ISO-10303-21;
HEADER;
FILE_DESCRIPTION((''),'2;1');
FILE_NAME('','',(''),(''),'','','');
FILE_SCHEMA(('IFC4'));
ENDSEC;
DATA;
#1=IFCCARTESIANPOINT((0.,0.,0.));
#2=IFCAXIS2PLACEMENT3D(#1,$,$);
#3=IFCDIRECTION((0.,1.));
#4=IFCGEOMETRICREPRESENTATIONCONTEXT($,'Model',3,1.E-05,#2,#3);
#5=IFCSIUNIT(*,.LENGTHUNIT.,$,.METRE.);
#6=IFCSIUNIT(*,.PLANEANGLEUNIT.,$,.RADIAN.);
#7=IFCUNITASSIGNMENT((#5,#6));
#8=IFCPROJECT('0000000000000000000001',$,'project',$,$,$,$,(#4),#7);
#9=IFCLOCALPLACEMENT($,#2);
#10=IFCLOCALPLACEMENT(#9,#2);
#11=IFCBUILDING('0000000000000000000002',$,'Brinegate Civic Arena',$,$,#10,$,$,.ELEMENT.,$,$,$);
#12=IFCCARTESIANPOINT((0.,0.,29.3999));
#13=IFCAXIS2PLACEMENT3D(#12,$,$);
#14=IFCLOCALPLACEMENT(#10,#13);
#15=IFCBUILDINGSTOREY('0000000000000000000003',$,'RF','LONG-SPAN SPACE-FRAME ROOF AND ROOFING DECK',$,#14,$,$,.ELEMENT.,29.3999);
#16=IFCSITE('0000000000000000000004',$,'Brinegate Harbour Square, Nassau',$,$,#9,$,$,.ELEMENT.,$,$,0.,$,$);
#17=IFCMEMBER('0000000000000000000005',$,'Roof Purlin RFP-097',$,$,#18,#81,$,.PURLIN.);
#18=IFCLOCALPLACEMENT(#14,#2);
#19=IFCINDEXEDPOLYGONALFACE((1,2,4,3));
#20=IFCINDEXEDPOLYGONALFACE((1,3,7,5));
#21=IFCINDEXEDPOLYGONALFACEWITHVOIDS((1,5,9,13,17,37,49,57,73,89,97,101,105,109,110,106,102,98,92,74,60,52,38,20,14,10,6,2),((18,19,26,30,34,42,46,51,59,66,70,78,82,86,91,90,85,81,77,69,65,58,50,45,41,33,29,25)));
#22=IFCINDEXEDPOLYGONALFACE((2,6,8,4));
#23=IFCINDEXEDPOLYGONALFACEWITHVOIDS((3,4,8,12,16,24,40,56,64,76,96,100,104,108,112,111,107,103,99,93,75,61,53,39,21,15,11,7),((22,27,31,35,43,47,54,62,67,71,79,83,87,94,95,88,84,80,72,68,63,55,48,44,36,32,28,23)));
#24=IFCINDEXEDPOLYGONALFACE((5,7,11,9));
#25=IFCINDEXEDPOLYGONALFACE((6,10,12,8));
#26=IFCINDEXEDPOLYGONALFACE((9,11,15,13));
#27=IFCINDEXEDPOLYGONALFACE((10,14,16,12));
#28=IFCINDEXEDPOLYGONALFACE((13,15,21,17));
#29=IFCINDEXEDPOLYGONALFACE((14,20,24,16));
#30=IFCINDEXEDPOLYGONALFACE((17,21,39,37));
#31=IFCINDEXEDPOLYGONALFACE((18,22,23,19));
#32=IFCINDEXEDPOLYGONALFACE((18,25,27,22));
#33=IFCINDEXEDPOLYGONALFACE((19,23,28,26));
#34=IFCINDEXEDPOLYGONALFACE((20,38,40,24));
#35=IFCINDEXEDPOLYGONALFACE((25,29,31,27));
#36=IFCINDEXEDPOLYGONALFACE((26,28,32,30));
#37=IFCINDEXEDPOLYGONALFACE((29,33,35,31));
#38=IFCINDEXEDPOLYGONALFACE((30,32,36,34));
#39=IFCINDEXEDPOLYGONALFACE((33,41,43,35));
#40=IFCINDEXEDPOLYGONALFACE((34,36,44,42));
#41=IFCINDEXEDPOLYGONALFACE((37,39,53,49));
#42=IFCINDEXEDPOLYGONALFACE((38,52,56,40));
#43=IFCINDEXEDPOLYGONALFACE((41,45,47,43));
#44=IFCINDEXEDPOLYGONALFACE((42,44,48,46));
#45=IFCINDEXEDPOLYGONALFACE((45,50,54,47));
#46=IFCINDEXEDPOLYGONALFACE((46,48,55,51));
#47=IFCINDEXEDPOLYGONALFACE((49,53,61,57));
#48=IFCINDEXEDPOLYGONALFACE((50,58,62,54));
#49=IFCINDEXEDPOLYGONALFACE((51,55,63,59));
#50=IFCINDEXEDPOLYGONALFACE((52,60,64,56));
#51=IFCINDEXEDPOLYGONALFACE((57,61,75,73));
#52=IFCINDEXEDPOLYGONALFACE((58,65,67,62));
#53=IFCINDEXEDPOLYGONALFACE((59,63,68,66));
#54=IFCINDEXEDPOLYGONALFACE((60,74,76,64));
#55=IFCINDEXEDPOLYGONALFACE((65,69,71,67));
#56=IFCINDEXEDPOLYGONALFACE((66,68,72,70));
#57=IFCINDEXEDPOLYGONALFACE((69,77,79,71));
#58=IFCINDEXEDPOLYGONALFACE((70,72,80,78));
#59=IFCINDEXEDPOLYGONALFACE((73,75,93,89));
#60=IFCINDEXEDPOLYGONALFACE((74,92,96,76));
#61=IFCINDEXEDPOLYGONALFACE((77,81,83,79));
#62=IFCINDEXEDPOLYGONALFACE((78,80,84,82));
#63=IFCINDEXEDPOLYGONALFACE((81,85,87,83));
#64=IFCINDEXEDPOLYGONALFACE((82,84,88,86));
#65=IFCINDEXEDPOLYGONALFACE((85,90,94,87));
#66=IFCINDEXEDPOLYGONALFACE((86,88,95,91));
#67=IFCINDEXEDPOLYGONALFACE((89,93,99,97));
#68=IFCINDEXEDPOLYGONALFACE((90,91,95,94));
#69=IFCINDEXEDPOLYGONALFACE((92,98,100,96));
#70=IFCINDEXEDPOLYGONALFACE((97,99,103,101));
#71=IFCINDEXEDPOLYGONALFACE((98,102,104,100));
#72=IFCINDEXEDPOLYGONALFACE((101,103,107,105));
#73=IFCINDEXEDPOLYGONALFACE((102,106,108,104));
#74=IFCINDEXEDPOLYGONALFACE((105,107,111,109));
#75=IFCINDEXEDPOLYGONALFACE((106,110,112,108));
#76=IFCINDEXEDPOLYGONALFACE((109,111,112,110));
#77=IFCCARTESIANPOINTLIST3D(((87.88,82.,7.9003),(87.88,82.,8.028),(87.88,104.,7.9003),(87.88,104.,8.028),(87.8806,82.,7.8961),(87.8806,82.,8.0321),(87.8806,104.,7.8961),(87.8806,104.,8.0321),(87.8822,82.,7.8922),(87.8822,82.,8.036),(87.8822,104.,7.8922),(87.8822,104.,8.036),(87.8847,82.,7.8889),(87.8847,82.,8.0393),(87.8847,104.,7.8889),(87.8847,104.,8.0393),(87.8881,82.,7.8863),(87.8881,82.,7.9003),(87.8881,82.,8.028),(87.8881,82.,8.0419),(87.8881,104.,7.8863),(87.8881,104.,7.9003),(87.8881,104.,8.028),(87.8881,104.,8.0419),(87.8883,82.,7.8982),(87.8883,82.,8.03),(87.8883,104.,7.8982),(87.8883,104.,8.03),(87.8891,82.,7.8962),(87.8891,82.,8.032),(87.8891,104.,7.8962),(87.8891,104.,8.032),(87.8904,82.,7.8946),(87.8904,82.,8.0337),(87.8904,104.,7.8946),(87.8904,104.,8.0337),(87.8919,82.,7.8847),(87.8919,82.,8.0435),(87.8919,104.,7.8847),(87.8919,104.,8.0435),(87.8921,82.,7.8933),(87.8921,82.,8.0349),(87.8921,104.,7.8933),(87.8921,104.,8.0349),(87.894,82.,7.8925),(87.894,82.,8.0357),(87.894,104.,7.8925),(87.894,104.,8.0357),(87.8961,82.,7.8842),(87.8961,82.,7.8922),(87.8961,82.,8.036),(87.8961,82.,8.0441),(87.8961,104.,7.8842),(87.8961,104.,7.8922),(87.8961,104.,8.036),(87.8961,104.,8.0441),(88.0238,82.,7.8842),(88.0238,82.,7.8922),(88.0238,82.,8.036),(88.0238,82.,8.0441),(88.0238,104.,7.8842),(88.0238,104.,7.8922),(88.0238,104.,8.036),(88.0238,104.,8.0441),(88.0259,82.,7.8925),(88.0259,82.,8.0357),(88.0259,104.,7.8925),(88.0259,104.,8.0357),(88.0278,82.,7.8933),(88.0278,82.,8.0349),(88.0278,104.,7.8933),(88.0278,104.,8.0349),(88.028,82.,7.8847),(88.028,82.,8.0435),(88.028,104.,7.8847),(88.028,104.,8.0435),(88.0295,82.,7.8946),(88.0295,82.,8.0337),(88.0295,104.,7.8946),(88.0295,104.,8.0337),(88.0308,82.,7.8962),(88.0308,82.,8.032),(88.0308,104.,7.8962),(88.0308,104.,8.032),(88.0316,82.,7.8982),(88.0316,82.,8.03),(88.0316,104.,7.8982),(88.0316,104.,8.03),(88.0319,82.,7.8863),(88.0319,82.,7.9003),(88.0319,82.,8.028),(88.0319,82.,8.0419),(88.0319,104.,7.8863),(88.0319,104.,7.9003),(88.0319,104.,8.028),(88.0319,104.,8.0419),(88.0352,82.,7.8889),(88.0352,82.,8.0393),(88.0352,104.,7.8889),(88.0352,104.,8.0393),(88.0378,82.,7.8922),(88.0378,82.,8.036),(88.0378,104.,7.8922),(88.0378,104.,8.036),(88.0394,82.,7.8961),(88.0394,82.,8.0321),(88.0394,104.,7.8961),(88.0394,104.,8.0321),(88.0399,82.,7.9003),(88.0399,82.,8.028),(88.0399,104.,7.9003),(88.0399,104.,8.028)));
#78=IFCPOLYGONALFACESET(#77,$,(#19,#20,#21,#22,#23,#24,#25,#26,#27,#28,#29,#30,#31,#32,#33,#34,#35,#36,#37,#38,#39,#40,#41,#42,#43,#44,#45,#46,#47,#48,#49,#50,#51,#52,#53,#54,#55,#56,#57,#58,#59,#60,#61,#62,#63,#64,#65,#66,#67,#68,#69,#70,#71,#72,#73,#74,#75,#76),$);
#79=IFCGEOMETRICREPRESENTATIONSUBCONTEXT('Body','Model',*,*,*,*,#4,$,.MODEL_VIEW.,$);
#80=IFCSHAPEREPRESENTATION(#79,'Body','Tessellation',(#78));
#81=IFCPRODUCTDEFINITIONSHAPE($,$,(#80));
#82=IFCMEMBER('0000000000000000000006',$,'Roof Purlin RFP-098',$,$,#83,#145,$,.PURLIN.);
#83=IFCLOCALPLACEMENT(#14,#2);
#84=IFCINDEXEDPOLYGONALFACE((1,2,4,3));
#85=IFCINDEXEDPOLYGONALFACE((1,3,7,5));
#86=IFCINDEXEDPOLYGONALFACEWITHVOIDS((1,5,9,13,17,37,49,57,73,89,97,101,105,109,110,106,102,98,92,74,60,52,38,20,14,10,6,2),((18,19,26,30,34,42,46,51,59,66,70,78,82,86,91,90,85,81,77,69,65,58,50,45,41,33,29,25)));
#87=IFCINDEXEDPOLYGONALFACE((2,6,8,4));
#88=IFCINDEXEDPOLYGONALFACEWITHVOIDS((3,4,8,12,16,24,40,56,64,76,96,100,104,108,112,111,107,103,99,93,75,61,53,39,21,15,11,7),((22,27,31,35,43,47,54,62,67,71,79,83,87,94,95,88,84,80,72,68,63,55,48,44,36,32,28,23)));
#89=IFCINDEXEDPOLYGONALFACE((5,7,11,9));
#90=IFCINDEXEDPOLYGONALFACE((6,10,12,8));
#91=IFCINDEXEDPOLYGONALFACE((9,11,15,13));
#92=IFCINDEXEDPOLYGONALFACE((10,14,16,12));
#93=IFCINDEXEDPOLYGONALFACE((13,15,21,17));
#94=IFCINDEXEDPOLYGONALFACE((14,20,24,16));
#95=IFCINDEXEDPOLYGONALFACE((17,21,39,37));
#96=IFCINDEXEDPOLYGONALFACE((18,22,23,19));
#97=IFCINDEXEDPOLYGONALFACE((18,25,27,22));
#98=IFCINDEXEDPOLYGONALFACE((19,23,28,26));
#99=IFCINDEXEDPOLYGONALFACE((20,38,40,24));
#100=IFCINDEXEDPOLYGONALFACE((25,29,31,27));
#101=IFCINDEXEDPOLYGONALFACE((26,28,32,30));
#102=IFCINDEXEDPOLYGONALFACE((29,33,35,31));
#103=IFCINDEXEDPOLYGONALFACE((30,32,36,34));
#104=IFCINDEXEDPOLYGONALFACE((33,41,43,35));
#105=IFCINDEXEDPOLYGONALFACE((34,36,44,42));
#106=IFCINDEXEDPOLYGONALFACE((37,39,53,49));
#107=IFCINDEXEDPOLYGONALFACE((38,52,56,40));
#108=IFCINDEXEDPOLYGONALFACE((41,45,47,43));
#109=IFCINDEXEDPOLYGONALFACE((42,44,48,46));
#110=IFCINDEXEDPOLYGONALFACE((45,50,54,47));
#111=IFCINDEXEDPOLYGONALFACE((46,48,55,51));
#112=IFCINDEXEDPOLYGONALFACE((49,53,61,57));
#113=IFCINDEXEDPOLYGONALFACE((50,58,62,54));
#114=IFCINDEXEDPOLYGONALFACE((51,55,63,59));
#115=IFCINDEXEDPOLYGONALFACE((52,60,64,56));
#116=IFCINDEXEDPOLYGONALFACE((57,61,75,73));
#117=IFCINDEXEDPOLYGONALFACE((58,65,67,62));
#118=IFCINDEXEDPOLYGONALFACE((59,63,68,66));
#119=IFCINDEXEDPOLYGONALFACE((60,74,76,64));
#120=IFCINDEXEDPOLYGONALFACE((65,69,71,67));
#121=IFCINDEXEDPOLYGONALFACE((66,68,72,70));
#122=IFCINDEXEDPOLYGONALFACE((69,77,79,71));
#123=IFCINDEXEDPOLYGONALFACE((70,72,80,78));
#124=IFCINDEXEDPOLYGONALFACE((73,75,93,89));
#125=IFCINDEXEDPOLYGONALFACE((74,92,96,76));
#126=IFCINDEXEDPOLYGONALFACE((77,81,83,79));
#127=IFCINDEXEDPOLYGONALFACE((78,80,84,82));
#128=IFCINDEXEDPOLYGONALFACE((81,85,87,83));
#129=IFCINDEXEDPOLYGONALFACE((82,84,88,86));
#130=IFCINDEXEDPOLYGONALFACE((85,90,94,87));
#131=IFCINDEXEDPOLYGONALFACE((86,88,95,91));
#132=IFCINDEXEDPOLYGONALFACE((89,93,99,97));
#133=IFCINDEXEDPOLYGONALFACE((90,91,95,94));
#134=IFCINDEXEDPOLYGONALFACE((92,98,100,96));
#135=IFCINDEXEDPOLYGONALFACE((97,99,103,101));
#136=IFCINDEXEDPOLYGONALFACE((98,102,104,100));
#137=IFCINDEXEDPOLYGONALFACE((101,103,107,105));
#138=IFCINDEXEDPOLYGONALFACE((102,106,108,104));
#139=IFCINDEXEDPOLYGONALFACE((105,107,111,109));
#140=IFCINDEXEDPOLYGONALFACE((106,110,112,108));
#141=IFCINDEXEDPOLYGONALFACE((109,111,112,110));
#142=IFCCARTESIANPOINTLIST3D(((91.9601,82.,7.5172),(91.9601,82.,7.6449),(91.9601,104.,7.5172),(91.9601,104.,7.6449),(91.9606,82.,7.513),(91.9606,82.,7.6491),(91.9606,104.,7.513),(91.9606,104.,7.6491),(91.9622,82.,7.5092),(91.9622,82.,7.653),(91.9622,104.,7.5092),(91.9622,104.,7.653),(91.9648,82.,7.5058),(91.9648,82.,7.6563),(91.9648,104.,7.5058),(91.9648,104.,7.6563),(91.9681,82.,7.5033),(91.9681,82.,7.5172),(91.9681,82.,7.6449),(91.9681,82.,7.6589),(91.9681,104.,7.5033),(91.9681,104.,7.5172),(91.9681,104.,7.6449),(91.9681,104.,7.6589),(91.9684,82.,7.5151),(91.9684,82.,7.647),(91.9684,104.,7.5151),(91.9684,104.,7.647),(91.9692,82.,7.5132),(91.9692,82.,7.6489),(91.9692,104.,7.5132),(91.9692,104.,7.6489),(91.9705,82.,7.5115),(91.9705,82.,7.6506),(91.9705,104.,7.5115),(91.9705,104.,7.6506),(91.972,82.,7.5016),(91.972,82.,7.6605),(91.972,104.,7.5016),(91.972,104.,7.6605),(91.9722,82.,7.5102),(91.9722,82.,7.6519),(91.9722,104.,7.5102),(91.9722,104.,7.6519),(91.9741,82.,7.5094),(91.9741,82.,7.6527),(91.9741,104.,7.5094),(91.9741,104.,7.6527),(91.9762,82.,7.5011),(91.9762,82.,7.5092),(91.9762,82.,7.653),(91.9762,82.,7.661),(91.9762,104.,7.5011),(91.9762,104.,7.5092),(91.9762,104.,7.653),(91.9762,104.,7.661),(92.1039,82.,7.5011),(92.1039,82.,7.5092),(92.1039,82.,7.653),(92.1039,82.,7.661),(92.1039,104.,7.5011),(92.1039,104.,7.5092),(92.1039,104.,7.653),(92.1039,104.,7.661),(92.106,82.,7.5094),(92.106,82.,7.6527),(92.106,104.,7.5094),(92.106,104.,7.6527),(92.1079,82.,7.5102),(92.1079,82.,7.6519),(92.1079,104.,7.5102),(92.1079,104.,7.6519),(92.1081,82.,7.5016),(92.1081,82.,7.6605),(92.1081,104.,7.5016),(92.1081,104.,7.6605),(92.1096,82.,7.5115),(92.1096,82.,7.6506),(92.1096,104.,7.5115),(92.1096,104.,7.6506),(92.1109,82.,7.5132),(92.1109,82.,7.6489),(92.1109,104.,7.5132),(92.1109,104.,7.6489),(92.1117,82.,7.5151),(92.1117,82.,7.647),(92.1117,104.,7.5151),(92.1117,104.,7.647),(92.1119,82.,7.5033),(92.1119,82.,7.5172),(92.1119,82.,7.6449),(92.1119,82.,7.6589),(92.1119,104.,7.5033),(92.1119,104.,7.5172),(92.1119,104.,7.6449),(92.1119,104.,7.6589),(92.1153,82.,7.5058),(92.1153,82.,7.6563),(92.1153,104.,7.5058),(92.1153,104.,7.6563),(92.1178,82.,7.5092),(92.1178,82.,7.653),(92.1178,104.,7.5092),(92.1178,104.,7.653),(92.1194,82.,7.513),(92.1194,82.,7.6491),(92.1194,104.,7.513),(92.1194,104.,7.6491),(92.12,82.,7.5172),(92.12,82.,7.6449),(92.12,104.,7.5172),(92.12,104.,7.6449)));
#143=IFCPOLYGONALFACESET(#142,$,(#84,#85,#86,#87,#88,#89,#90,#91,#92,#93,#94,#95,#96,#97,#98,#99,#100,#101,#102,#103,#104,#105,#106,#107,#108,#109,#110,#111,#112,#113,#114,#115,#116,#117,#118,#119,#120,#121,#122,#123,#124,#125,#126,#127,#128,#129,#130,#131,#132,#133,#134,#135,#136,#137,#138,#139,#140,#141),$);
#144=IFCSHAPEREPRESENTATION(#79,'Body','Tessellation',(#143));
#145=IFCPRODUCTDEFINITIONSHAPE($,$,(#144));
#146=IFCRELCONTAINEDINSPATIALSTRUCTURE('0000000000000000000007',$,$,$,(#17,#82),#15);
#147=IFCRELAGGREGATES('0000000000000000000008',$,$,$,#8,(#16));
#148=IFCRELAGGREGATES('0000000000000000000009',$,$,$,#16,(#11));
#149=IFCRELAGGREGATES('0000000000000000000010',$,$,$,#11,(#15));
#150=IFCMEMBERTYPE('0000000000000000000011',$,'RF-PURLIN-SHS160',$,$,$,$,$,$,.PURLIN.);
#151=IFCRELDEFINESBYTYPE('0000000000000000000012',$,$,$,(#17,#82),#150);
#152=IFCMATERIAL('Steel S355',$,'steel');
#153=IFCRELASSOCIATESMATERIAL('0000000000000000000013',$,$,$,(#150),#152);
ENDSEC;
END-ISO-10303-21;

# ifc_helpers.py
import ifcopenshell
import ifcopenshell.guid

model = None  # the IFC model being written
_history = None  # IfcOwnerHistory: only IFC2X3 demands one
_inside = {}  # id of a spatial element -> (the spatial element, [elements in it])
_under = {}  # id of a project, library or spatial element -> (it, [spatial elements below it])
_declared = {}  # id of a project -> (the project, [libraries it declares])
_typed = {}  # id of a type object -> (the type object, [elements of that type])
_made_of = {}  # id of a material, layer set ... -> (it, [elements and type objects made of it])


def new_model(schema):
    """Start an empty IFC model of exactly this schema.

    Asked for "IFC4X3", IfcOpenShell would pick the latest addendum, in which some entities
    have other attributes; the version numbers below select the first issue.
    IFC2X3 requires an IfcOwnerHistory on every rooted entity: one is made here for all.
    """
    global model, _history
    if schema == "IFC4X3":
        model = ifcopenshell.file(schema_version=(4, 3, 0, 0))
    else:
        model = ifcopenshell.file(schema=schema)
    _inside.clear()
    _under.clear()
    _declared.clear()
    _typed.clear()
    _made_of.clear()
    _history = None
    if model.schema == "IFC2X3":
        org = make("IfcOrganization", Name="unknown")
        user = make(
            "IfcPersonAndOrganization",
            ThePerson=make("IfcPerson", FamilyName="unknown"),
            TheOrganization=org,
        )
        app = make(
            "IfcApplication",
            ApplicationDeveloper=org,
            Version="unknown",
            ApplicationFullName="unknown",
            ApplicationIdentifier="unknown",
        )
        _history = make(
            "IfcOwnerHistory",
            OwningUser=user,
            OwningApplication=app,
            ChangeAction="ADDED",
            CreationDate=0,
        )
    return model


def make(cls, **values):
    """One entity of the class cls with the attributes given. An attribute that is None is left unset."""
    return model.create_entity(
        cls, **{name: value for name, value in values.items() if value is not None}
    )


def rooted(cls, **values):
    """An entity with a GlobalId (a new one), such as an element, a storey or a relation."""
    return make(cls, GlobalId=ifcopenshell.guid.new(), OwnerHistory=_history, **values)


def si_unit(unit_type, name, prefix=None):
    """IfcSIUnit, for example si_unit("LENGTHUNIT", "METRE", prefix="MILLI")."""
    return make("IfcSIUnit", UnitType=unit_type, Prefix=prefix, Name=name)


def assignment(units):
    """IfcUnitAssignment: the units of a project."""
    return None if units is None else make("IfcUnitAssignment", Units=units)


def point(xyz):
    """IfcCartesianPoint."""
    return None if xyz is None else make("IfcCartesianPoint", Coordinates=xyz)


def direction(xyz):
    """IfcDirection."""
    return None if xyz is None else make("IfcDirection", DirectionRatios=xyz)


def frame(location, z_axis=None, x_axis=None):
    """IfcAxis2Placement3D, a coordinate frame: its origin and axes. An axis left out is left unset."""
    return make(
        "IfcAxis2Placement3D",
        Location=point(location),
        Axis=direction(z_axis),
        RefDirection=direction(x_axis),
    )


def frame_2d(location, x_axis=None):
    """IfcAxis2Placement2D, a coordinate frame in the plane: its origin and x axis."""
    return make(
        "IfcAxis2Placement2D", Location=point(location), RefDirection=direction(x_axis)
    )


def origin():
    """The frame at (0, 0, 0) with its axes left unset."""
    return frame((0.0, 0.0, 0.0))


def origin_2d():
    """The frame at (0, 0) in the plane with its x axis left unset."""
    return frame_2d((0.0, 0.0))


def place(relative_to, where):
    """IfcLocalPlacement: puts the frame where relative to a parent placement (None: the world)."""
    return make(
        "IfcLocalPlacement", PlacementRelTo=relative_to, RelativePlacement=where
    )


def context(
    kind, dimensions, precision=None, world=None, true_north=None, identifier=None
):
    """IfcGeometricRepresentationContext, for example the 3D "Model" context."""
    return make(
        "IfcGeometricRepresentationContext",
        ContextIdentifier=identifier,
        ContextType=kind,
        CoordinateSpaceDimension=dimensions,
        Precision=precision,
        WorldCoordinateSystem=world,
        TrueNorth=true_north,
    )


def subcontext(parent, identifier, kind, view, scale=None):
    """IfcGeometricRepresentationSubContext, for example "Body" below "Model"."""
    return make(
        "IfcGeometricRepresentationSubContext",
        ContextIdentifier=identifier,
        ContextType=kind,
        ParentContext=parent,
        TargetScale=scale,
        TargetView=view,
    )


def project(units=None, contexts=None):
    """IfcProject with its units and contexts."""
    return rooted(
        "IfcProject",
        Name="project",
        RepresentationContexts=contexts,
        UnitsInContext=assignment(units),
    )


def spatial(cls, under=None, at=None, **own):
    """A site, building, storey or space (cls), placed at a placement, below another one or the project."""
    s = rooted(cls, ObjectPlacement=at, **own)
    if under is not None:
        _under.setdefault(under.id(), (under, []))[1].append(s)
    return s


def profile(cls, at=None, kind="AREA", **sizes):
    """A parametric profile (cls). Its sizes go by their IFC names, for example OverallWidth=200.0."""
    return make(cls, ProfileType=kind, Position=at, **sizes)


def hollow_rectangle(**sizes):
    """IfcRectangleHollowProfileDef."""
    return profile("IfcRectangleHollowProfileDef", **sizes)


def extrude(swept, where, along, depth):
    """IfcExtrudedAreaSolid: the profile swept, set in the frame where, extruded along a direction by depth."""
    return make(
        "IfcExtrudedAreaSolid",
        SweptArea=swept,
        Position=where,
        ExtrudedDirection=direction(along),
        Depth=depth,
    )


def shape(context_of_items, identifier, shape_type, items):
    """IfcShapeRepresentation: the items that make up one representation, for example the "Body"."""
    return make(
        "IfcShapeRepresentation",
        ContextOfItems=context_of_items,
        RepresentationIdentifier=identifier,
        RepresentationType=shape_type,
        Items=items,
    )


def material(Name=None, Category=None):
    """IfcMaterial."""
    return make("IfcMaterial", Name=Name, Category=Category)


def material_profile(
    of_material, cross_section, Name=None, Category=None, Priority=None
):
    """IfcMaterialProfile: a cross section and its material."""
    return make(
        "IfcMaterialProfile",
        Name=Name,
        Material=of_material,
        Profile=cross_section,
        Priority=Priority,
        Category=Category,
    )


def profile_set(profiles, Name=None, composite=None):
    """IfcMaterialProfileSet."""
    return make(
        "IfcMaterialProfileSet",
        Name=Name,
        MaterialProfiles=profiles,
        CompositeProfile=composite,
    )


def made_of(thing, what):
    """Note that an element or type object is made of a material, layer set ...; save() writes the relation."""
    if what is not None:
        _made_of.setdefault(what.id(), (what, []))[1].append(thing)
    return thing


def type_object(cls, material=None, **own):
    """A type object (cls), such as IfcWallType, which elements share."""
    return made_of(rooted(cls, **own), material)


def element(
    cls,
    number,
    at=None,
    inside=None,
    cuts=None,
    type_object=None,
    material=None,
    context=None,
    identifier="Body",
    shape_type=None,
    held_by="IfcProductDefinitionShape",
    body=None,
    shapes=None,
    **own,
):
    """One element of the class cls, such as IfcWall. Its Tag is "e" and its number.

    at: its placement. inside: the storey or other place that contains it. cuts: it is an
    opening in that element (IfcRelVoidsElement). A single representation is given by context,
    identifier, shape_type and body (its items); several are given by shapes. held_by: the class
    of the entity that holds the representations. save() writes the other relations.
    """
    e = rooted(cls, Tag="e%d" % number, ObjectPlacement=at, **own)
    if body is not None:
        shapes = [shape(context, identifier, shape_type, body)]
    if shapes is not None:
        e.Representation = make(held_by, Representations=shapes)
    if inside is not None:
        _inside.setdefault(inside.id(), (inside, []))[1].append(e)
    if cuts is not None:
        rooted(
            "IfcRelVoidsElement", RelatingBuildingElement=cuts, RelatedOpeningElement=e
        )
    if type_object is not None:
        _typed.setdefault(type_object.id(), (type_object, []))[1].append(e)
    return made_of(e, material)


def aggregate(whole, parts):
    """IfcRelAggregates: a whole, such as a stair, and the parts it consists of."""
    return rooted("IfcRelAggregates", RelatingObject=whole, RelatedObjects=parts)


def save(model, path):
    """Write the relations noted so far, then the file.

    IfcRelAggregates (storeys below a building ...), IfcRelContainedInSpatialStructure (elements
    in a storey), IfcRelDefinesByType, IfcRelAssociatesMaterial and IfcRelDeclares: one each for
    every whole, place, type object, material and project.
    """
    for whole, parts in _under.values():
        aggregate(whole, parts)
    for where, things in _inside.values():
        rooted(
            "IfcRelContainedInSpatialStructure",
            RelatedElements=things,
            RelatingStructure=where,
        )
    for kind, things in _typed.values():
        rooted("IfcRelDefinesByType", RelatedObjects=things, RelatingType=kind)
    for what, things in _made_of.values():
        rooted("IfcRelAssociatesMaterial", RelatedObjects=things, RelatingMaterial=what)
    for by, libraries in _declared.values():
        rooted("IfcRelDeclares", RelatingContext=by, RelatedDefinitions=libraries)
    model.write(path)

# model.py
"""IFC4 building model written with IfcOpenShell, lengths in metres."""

from ifc_helpers import new_model, si_unit, direction, frame, origin, origin_2d, place, context, subcontext, project, spatial, hollow_rectangle, extrude, material, material_profile, profile_set, type_object, element, save


model = new_model("IFC4")

# Units and contexts
model_context = context("Model", 3, precision=1e-05, world=origin(), true_north=direction((0.0, 1.0)))
body_context = subcontext(model_context, "Body", "Model", "MODEL_VIEW")
ifc_project = project(units=[si_unit("LENGTHUNIT", "METRE"), si_unit("PLANEANGLEUNIT", "RADIAN")], contexts=[model_context])

# Site, building, storey
site_placement = place(None, origin())
site = spatial("IfcSite", under=ifc_project, at=site_placement, Name="Brinegate Harbour Square, Nassau", CompositionType="ELEMENT", RefElevation=0.0)
building_placement = place(site_placement, origin())
building = spatial("IfcBuilding", under=site, at=building_placement, Name="Brinegate Civic Arena", CompositionType="ELEMENT")
storey_placement = place(building_placement, frame((0.0, 0.0, 29.3999)))
storey = spatial("IfcBuildingStorey", under=building, at=storey_placement, Name="RF", Description="LONG-SPAN SPACE-FRAME ROOF AND ROOFING DECK", CompositionType="ELEMENT", Elevation=29.3999)

# Members
ifc_material = material(Name="Steel S355", Category="steel")
ifc_material_profile_1 = material_profile(ifc_material, hollow_rectangle(XDim=0.1599, YDim=0.1599, WallThickness=0.0081, InnerFilletRadius=0.0081, OuterFilletRadius=0.0161, at=origin_2d()), Name="SHS160X8")
ifc_profile_set_1 = profile_set([ifc_material_profile_1], Name="Steel S355")
member_type_1 = type_object("IfcMemberType", Name="RF-PURLIN-SHS160", PredefinedType="PURLIN", material=ifc_profile_set_1)
for number, where, z_axis, x_axis, name in (
    (1, (87.96, 82.0, 7.9641), (0.0, 1.0, 0.0), (-1.0, 0.0, 0.0), "Roof Purlin RFP-097"),
    (2, (92.04, 82.0, 7.5811), (0.0, 1.0, 0.0), (-1.0, 0.0, 0.0), "Roof Purlin RFP-098"),
):
    element("IfcMember", number, at=place(storey_placement, frame(where, z_axis=z_axis, x_axis=x_axis)), inside=storey, type_object=member_type_1, Name=name, PredefinedType="PURLIN", context=body_context, shape_type="SweptSolid", body=[
        extrude(hollow_rectangle(XDim=0.1599, YDim=0.1599, WallThickness=0.0081, InnerFilletRadius=0.0081, OuterFilletRadius=0.0161, at=origin_2d()), origin(), (0.0, 0.0, 1.0), 22.0),
    ])

save(model, "model.ifc")
